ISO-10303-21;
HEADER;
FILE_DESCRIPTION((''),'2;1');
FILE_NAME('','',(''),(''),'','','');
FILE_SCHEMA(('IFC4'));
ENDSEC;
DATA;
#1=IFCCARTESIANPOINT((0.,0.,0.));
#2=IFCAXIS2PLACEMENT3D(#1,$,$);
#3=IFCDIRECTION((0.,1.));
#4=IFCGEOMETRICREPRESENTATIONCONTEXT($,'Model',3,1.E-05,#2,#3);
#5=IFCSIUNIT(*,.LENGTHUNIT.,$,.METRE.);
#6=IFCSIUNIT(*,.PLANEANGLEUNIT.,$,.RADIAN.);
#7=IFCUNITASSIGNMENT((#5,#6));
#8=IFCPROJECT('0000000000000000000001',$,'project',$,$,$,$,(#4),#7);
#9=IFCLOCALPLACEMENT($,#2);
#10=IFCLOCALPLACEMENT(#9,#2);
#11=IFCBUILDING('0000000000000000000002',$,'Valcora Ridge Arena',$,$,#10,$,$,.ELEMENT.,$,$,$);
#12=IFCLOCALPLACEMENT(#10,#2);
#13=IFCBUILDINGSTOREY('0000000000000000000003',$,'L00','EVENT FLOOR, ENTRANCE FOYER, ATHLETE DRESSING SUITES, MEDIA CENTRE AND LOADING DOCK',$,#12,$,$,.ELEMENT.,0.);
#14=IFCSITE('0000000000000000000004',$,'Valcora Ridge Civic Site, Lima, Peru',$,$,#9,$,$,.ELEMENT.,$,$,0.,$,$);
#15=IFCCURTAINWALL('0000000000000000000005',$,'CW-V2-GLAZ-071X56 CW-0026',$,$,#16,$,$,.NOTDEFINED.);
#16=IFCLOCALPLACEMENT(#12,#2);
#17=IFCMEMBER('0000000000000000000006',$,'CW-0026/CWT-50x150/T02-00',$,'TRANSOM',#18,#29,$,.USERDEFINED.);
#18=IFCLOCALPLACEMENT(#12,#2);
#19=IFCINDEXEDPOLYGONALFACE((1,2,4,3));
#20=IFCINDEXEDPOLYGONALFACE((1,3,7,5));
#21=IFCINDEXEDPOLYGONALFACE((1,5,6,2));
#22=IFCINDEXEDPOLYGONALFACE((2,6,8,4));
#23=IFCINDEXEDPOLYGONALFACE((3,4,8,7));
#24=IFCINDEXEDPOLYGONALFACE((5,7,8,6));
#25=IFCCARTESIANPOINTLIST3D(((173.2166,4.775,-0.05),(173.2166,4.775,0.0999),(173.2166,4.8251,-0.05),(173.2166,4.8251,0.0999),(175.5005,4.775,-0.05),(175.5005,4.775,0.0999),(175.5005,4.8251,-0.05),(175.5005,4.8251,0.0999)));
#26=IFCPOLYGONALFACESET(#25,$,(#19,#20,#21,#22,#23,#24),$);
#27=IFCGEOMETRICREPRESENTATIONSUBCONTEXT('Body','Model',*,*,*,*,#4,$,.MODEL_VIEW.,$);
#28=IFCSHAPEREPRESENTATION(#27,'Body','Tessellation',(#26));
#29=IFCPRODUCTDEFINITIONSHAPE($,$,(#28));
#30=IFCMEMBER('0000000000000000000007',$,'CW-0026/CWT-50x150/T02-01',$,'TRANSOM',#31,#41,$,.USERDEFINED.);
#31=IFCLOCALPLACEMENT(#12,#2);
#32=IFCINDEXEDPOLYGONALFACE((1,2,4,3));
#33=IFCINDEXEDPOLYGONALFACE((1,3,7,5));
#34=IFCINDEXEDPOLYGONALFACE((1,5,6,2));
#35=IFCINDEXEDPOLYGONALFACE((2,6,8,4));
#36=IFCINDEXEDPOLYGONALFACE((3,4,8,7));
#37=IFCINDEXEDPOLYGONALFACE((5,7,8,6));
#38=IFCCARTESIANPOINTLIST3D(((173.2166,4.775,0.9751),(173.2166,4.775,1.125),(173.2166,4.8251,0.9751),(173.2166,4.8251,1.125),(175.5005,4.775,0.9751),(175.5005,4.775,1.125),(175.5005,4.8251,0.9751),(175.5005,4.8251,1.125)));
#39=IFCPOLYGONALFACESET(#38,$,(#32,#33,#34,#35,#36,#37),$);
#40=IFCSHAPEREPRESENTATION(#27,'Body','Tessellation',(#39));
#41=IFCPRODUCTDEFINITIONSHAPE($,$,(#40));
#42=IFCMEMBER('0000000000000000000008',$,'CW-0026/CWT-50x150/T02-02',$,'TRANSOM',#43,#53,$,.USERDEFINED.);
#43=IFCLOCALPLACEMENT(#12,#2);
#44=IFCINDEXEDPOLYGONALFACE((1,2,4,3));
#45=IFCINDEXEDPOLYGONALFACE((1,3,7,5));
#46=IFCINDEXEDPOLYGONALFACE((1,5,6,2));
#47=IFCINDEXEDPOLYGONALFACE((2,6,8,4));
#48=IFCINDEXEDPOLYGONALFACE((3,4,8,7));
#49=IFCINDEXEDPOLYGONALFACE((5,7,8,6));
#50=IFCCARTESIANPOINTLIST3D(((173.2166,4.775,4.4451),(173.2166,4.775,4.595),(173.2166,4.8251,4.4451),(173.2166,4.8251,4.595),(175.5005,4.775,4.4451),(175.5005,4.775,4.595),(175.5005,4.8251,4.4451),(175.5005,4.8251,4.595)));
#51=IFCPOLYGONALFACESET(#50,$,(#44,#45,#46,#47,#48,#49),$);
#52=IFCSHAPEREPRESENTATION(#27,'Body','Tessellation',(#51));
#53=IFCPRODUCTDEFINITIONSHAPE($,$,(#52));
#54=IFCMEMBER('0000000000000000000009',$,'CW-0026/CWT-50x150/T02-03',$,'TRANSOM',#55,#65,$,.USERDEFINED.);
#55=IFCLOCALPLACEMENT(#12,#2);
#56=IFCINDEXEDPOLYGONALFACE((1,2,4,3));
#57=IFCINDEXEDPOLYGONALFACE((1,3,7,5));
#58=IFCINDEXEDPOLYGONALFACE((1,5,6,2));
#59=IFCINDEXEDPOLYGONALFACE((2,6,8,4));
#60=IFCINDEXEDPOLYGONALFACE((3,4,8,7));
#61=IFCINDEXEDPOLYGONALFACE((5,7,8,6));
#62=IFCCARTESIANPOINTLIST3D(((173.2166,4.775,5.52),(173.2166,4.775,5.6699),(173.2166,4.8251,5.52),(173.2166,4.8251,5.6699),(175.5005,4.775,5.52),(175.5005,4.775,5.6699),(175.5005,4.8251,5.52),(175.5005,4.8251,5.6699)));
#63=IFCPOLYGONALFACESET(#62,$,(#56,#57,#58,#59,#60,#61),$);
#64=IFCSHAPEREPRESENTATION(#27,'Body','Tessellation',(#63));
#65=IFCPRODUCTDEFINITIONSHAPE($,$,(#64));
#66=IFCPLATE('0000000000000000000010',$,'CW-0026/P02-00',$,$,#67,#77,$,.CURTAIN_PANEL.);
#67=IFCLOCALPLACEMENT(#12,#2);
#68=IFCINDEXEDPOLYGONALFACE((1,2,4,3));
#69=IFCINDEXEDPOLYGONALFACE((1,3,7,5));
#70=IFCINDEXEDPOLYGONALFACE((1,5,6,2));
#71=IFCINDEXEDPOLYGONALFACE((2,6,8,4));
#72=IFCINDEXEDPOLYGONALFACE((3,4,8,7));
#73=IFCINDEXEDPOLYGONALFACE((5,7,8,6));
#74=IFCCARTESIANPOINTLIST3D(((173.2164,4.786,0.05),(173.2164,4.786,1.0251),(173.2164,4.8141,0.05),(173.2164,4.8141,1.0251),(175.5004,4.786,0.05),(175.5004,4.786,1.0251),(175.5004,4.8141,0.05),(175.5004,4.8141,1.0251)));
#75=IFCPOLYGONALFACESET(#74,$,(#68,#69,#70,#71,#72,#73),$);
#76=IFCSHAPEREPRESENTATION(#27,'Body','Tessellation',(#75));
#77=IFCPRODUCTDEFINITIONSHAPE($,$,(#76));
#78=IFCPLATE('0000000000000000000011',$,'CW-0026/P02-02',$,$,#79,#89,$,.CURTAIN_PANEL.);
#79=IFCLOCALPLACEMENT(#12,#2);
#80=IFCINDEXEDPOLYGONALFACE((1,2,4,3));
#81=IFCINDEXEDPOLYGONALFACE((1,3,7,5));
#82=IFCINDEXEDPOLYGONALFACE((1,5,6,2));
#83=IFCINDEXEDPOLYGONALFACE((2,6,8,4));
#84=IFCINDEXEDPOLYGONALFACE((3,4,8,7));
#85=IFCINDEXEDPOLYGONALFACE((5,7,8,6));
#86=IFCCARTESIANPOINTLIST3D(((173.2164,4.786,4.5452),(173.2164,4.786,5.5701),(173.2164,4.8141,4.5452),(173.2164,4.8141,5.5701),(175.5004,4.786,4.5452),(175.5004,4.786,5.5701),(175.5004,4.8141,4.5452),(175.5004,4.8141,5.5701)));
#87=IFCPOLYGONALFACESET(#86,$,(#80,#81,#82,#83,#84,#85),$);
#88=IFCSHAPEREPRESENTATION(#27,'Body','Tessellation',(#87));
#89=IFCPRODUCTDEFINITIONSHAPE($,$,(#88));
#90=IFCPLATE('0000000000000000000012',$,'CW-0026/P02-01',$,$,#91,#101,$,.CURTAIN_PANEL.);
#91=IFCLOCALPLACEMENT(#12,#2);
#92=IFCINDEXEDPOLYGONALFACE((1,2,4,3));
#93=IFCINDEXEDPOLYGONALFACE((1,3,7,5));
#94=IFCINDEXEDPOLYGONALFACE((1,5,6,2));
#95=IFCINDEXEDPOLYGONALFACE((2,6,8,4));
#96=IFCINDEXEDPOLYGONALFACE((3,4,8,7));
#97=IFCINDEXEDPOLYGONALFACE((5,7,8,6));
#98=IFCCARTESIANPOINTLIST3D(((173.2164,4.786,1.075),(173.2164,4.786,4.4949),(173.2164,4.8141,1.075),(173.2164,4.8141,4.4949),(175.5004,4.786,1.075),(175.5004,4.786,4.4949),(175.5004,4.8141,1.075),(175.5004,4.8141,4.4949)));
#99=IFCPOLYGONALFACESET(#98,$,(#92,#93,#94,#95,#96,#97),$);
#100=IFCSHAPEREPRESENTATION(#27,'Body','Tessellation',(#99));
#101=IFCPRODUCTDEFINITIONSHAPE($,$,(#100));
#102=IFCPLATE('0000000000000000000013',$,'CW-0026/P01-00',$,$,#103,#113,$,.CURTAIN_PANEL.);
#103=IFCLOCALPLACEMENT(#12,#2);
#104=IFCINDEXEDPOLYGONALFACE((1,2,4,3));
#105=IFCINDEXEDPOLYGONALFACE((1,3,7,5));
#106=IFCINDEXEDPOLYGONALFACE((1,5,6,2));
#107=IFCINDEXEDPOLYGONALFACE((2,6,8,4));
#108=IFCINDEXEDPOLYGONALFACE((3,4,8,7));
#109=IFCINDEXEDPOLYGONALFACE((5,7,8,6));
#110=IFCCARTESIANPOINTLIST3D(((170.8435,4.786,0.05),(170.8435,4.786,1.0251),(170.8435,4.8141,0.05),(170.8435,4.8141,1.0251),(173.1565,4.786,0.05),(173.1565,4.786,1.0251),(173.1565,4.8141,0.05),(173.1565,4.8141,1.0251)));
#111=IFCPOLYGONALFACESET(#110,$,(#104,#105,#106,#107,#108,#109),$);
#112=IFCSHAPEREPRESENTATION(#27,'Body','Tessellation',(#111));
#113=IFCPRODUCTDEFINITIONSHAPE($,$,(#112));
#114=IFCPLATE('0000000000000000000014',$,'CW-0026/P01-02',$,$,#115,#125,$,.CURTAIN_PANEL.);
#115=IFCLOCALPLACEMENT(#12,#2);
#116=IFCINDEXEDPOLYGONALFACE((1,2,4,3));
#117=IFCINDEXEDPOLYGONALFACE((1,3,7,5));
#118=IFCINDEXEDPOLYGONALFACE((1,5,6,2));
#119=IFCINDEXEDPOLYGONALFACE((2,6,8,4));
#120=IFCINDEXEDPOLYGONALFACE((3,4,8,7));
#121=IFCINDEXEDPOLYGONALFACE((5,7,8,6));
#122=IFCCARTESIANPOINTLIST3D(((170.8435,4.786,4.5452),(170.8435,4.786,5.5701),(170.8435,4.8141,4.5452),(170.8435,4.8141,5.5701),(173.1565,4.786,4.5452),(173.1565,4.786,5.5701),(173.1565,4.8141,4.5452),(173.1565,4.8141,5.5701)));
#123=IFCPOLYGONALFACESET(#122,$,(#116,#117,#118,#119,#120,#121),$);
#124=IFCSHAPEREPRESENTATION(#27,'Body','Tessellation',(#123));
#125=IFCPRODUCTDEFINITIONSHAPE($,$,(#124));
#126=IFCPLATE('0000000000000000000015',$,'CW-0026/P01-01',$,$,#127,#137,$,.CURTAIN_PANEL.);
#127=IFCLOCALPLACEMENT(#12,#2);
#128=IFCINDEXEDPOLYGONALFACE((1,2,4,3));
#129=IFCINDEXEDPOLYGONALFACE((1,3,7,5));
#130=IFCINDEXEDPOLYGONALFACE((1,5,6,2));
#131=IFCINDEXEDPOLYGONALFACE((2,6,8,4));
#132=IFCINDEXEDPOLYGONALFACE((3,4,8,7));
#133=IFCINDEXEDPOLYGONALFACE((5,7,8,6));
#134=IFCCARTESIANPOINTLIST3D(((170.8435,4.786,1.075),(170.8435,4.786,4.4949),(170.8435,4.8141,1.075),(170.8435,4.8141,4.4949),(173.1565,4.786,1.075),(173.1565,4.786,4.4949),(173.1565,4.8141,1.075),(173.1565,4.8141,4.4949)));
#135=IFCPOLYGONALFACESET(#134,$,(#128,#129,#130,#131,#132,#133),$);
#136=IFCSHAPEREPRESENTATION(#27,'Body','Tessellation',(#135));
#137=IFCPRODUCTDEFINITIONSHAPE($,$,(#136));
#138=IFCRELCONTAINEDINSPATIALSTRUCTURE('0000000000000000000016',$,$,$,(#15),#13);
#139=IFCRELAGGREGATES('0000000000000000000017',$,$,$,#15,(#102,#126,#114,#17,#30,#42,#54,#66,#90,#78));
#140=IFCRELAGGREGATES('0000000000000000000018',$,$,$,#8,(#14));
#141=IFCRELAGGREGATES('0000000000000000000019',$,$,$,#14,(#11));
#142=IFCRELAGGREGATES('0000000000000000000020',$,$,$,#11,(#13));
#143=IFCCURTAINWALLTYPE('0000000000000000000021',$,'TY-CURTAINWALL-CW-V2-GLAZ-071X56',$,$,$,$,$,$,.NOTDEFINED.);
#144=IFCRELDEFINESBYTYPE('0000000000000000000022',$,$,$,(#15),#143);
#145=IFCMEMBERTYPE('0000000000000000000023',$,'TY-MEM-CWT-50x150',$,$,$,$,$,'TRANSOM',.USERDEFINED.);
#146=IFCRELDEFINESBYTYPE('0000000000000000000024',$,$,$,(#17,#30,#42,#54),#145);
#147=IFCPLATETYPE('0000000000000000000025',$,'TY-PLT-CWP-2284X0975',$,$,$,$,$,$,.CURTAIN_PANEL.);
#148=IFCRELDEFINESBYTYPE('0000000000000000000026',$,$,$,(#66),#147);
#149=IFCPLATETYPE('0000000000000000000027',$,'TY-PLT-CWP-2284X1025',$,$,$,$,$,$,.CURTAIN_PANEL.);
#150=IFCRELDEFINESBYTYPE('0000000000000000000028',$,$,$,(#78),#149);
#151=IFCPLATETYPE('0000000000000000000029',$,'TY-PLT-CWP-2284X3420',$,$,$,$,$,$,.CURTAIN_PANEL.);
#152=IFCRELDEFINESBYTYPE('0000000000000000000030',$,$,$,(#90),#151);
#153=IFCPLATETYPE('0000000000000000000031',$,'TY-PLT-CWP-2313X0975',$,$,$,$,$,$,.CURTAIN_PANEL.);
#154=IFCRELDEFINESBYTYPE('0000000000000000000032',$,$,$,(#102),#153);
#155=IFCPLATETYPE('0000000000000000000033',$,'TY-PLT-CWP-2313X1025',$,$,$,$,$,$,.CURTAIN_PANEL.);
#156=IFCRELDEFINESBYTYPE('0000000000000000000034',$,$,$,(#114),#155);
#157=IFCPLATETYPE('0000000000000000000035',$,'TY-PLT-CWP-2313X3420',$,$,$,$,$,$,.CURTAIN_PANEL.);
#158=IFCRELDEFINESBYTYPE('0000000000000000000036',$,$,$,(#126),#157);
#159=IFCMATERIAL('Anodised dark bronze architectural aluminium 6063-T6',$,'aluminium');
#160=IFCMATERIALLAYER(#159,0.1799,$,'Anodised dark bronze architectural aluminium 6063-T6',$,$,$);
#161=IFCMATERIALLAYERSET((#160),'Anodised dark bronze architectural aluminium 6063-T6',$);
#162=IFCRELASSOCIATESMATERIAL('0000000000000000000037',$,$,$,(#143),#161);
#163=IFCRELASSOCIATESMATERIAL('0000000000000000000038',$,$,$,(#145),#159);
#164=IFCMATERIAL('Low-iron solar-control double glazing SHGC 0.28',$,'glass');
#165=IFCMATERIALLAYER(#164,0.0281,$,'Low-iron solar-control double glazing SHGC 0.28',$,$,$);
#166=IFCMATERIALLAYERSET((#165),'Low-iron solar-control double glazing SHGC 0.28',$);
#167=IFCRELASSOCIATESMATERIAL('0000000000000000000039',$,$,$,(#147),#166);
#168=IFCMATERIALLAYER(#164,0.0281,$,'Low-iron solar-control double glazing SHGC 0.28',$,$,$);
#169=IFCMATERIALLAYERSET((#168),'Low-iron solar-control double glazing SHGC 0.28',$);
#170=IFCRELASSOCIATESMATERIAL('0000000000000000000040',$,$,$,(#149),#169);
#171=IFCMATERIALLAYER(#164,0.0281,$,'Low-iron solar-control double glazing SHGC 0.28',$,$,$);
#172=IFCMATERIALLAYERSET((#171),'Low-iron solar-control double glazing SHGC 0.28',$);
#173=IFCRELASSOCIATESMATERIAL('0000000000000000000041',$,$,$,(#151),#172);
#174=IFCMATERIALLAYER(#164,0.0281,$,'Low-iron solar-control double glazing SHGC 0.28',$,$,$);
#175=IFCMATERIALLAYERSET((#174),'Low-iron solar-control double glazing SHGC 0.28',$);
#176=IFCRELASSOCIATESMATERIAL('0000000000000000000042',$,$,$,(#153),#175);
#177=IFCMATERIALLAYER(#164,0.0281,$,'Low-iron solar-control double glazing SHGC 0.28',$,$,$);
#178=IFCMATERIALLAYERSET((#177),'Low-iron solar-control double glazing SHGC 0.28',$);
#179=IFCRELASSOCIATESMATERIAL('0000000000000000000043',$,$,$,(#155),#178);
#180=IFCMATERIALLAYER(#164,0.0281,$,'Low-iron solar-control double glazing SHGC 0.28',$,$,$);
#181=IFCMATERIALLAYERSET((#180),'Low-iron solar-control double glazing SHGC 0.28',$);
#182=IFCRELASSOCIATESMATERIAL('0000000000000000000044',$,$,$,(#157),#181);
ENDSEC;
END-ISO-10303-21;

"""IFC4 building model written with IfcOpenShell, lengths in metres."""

from ifc_helpers import new_model, si_unit, direction, frame, origin, origin_2d, place, context, subcontext, project, spatial, rectangle, extrude, material, layer, layer_set, material_profile, profile_set, type_object, element, aggregate, save


model = new_model("IFC4")

# Units and contexts
model_context = context("Model", 3, precision=1e-05, world=origin(), true_north=direction((0.0, 1.0)))
body_context = subcontext(model_context, "Body", "Model", "MODEL_VIEW")
ifc_project = project(units=[si_unit("LENGTHUNIT", "METRE"), si_unit("PLANEANGLEUNIT", "RADIAN")], contexts=[model_context])

# Site, building, storey
site_placement = place(None, origin())
site = spatial("IfcSite", under=ifc_project, at=site_placement, Name="Valcora Ridge Civic Site, Lima, Peru", CompositionType="ELEMENT", RefElevation=0.0)
building_placement = place(site_placement, origin())
building = spatial("IfcBuilding", under=site, at=building_placement, Name="Valcora Ridge Arena", CompositionType="ELEMENT")
storey_placement = place(building_placement, origin())
storey = spatial("IfcBuildingStorey", under=building, at=storey_placement, Name="L00", Description="EVENT FLOOR, ENTRANCE FOYER, ATHLETE DRESSING SUITES, MEDIA CENTRE AND LOADING DOCK", CompositionType="ELEMENT", Elevation=0.0)

# Curtain wall, members, plates
ifc_material_1 = material(Name="Anodised dark bronze architectural aluminium 6063-T6", Category="aluminium")
ifc_layer_1 = layer(ifc_material_1, 0.1799, Name="Anodised dark bronze architectural aluminium 6063-T6")
ifc_layer_set_1 = layer_set([ifc_layer_1], Name="Anodised dark bronze architectural aluminium 6063-T6")
curtain_wall_type = type_object("IfcCurtainWallType", Name="TY-CURTAINWALL-CW-V2-GLAZ-071X56", PredefinedType="NOTDEFINED", material=ifc_layer_set_1)
curtain_wall_placement = place(storey_placement, origin())
curtain_wall = element("IfcCurtainWall", 1, at=curtain_wall_placement, inside=storey, type_object=curtain_wall_type, Name="CW-V2-GLAZ-071X56 CW-0026", PredefinedType="NOTDEFINED")
ifc_material_profile_1 = material_profile(ifc_material_1, rectangle(XDim=0.05, YDim=0.1499, at=origin_2d()), Name="ALU TRANSOM 50x150")
ifc_profile_set_1 = profile_set([ifc_material_profile_1], Name="Anodised dark bronze architectural aluminium 6063-T6")
member_type_1 = type_object("IfcMemberType", Name="TY-MEM-CWT-50x150", ElementType="TRANSOM", PredefinedType="USERDEFINED", material=ifc_profile_set_1)
member_1_placement = place(storey_placement, frame((173.2166, 4.8, 0.0249), z_axis=(1.0, 0.0, 0.0), x_axis=(0.0, 1.0, 0.0)))
member_1 = element("IfcMember", 2, at=member_1_placement, type_object=member_type_1, Name="CW-0026/CWT-50x150/T02-00", ObjectType="TRANSOM", PredefinedType="USERDEFINED", context=body_context, shape_type="SweptSolid", body=[
    extrude(rectangle(XDim=0.05, YDim=0.1499, at=origin_2d()), origin(), (0.0, 0.0, 1.0), 2.2839),
])
member_2_placement = place(storey_placement, frame((173.2166, 4.8, 1.05), z_axis=(1.0, 0.0, 0.0), x_axis=(0.0, 1.0, 0.0)))
member_2 = element("IfcMember", 3, at=member_2_placement, type_object=member_type_1, Name="CW-0026/CWT-50x150/T02-01", ObjectType="TRANSOM", PredefinedType="USERDEFINED", context=body_context, shape_type="SweptSolid", body=[
    extrude(rectangle(XDim=0.05, YDim=0.1499, at=origin_2d()), origin(), (0.0, 0.0, 1.0), 2.2839),
])
member_3_placement = place(storey_placement, frame((173.2166, 4.8, 4.52), z_axis=(1.0, 0.0, 0.0), x_axis=(0.0, 1.0, 0.0)))
member_3 = element("IfcMember", 4, at=member_3_placement, type_object=member_type_1, Name="CW-0026/CWT-50x150/T02-02", ObjectType="TRANSOM", PredefinedType="USERDEFINED", context=body_context, shape_type="SweptSolid", body=[
    extrude(rectangle(XDim=0.05, YDim=0.1499, at=origin_2d()), origin(), (0.0, 0.0, 1.0), 2.2839),
])
member_4_placement = place(storey_placement, frame((173.2166, 4.8, 5.595), z_axis=(1.0, 0.0, 0.0), x_axis=(0.0, 1.0, 0.0)))
member_4 = element("IfcMember", 5, at=member_4_placement, type_object=member_type_1, Name="CW-0026/CWT-50x150/T02-03", ObjectType="TRANSOM", PredefinedType="USERDEFINED", context=body_context, shape_type="SweptSolid", body=[
    extrude(rectangle(XDim=0.05, YDim=0.1499, at=origin_2d()), origin(), (0.0, 0.0, 1.0), 2.2839),
])
ifc_material_2 = material(Name="Low-iron solar-control double glazing SHGC 0.28", Category="glass")
ifc_layer_2 = layer(ifc_material_2, 0.0281, Name="Low-iron solar-control double glazing SHGC 0.28")
ifc_layer_set_2 = layer_set([ifc_layer_2], Name="Low-iron solar-control double glazing SHGC 0.28")
plate_type_1 = type_object("IfcPlateType", Name="TY-PLT-CWP-2284X0975", PredefinedType="CURTAIN_PANEL", material=ifc_layer_set_2)
plate_1_placement = place(storey_placement, frame((174.3584, 4.8, 0.05), z_axis=(0.0, 0.0, 1.0), x_axis=(1.0, 0.0, 0.0)))
plate_1 = element("IfcPlate", 6, at=plate_1_placement, type_object=plate_type_1, Name="CW-0026/P02-00", PredefinedType="CURTAIN_PANEL", context=body_context, shape_type="SweptSolid", body=[
    extrude(rectangle(XDim=2.2839, YDim=0.0281, at=origin_2d()), origin(), (0.0, 0.0, 1.0), 0.9751),
])
ifc_layer_3 = layer(ifc_material_2, 0.0281, Name="Low-iron solar-control double glazing SHGC 0.28")
ifc_layer_set_3 = layer_set([ifc_layer_3], Name="Low-iron solar-control double glazing SHGC 0.28")
plate_type_2 = type_object("IfcPlateType", Name="TY-PLT-CWP-2284X1025", PredefinedType="CURTAIN_PANEL", material=ifc_layer_set_3)
plate_2_placement = place(storey_placement, frame((174.3584, 4.8, 4.5452), z_axis=(0.0, 0.0, 1.0), x_axis=(1.0, 0.0, 0.0)))
plate_2 = element("IfcPlate", 7, at=plate_2_placement, type_object=plate_type_2, Name="CW-0026/P02-02", PredefinedType="CURTAIN_PANEL", context=body_context, shape_type="SweptSolid", body=[
    extrude(rectangle(XDim=2.2839, YDim=0.0281, at=origin_2d()), origin(), (0.0, 0.0, 1.0), 1.0249),
])
ifc_layer_4 = layer(ifc_material_2, 0.0281, Name="Low-iron solar-control double glazing SHGC 0.28")
ifc_layer_set_4 = layer_set([ifc_layer_4], Name="Low-iron solar-control double glazing SHGC 0.28")
plate_type_3 = type_object("IfcPlateType", Name="TY-PLT-CWP-2284X3420", PredefinedType="CURTAIN_PANEL", material=ifc_layer_set_4)
plate_3_placement = place(storey_placement, frame((174.3584, 4.8, 1.075), z_axis=(0.0, 0.0, 1.0), x_axis=(1.0, 0.0, 0.0)))
plate_3 = element("IfcPlate", 8, at=plate_3_placement, type_object=plate_type_3, Name="CW-0026/P02-01", PredefinedType="CURTAIN_PANEL", context=body_context, shape_type="SweptSolid", body=[
    extrude(rectangle(XDim=2.2839, YDim=0.0281, at=origin_2d()), origin(), (0.0, 0.0, 1.0), 3.4199),
])
ifc_layer_5 = layer(ifc_material_2, 0.0281, Name="Low-iron solar-control double glazing SHGC 0.28")
ifc_layer_set_5 = layer_set([ifc_layer_5], Name="Low-iron solar-control double glazing SHGC 0.28")
plate_type_4 = type_object("IfcPlateType", Name="TY-PLT-CWP-2313X0975", PredefinedType="CURTAIN_PANEL", material=ifc_layer_set_5)
plate_4_placement = place(storey_placement, frame((172.0, 4.8, 0.05), z_axis=(0.0, 0.0, 1.0), x_axis=(1.0, 0.0, 0.0)))
plate_4 = element("IfcPlate", 9, at=plate_4_placement, type_object=plate_type_4, Name="CW-0026/P01-00", PredefinedType="CURTAIN_PANEL", context=body_context, shape_type="SweptSolid", body=[
    extrude(rectangle(XDim=2.313, YDim=0.0281, at=origin_2d()), origin(), (0.0, 0.0, 1.0), 0.9751),
])
ifc_layer_6 = layer(ifc_material_2, 0.0281, Name="Low-iron solar-control double glazing SHGC 0.28")
ifc_layer_set_6 = layer_set([ifc_layer_6], Name="Low-iron solar-control double glazing SHGC 0.28")
plate_type_5 = type_object("IfcPlateType", Name="TY-PLT-CWP-2313X1025", PredefinedType="CURTAIN_PANEL", material=ifc_layer_set_6)
plate_5_placement = place(storey_placement, frame((172.0, 4.8, 4.5452), z_axis=(0.0, 0.0, 1.0), x_axis=(1.0, 0.0, 0.0)))
plate_5 = element("IfcPlate", 10, at=plate_5_placement, type_object=plate_type_5, Name="CW-0026/P01-02", PredefinedType="CURTAIN_PANEL", context=body_context, shape_type="SweptSolid", body=[
    extrude(rectangle(XDim=2.313, YDim=0.0281, at=origin_2d()), origin(), (0.0, 0.0, 1.0), 1.0249),
])
ifc_layer_7 = layer(ifc_material_2, 0.0281, Name="Low-iron solar-control double glazing SHGC 0.28")
ifc_layer_set_7 = layer_set([ifc_layer_7], Name="Low-iron solar-control double glazing SHGC 0.28")
plate_type_6 = type_object("IfcPlateType", Name="TY-PLT-CWP-2313X3420", PredefinedType="CURTAIN_PANEL", material=ifc_layer_set_7)
plate_6_placement = place(storey_placement, frame((172.0, 4.8, 1.075), z_axis=(0.0, 0.0, 1.0), x_axis=(1.0, 0.0, 0.0)))
plate_6 = element("IfcPlate", 11, at=plate_6_placement, type_object=plate_type_6, Name="CW-0026/P01-01", PredefinedType="CURTAIN_PANEL", context=body_context, shape_type="SweptSolid", body=[
    extrude(rectangle(XDim=2.313, YDim=0.0281, at=origin_2d()), origin(), (0.0, 0.0, 1.0), 3.4199),
])
aggregate(curtain_wall, [plate_4, plate_6, plate_5, member_1, member_2, member_3, member_4, plate_1, plate_3, plate_2])

save(model, "model.ifc")
